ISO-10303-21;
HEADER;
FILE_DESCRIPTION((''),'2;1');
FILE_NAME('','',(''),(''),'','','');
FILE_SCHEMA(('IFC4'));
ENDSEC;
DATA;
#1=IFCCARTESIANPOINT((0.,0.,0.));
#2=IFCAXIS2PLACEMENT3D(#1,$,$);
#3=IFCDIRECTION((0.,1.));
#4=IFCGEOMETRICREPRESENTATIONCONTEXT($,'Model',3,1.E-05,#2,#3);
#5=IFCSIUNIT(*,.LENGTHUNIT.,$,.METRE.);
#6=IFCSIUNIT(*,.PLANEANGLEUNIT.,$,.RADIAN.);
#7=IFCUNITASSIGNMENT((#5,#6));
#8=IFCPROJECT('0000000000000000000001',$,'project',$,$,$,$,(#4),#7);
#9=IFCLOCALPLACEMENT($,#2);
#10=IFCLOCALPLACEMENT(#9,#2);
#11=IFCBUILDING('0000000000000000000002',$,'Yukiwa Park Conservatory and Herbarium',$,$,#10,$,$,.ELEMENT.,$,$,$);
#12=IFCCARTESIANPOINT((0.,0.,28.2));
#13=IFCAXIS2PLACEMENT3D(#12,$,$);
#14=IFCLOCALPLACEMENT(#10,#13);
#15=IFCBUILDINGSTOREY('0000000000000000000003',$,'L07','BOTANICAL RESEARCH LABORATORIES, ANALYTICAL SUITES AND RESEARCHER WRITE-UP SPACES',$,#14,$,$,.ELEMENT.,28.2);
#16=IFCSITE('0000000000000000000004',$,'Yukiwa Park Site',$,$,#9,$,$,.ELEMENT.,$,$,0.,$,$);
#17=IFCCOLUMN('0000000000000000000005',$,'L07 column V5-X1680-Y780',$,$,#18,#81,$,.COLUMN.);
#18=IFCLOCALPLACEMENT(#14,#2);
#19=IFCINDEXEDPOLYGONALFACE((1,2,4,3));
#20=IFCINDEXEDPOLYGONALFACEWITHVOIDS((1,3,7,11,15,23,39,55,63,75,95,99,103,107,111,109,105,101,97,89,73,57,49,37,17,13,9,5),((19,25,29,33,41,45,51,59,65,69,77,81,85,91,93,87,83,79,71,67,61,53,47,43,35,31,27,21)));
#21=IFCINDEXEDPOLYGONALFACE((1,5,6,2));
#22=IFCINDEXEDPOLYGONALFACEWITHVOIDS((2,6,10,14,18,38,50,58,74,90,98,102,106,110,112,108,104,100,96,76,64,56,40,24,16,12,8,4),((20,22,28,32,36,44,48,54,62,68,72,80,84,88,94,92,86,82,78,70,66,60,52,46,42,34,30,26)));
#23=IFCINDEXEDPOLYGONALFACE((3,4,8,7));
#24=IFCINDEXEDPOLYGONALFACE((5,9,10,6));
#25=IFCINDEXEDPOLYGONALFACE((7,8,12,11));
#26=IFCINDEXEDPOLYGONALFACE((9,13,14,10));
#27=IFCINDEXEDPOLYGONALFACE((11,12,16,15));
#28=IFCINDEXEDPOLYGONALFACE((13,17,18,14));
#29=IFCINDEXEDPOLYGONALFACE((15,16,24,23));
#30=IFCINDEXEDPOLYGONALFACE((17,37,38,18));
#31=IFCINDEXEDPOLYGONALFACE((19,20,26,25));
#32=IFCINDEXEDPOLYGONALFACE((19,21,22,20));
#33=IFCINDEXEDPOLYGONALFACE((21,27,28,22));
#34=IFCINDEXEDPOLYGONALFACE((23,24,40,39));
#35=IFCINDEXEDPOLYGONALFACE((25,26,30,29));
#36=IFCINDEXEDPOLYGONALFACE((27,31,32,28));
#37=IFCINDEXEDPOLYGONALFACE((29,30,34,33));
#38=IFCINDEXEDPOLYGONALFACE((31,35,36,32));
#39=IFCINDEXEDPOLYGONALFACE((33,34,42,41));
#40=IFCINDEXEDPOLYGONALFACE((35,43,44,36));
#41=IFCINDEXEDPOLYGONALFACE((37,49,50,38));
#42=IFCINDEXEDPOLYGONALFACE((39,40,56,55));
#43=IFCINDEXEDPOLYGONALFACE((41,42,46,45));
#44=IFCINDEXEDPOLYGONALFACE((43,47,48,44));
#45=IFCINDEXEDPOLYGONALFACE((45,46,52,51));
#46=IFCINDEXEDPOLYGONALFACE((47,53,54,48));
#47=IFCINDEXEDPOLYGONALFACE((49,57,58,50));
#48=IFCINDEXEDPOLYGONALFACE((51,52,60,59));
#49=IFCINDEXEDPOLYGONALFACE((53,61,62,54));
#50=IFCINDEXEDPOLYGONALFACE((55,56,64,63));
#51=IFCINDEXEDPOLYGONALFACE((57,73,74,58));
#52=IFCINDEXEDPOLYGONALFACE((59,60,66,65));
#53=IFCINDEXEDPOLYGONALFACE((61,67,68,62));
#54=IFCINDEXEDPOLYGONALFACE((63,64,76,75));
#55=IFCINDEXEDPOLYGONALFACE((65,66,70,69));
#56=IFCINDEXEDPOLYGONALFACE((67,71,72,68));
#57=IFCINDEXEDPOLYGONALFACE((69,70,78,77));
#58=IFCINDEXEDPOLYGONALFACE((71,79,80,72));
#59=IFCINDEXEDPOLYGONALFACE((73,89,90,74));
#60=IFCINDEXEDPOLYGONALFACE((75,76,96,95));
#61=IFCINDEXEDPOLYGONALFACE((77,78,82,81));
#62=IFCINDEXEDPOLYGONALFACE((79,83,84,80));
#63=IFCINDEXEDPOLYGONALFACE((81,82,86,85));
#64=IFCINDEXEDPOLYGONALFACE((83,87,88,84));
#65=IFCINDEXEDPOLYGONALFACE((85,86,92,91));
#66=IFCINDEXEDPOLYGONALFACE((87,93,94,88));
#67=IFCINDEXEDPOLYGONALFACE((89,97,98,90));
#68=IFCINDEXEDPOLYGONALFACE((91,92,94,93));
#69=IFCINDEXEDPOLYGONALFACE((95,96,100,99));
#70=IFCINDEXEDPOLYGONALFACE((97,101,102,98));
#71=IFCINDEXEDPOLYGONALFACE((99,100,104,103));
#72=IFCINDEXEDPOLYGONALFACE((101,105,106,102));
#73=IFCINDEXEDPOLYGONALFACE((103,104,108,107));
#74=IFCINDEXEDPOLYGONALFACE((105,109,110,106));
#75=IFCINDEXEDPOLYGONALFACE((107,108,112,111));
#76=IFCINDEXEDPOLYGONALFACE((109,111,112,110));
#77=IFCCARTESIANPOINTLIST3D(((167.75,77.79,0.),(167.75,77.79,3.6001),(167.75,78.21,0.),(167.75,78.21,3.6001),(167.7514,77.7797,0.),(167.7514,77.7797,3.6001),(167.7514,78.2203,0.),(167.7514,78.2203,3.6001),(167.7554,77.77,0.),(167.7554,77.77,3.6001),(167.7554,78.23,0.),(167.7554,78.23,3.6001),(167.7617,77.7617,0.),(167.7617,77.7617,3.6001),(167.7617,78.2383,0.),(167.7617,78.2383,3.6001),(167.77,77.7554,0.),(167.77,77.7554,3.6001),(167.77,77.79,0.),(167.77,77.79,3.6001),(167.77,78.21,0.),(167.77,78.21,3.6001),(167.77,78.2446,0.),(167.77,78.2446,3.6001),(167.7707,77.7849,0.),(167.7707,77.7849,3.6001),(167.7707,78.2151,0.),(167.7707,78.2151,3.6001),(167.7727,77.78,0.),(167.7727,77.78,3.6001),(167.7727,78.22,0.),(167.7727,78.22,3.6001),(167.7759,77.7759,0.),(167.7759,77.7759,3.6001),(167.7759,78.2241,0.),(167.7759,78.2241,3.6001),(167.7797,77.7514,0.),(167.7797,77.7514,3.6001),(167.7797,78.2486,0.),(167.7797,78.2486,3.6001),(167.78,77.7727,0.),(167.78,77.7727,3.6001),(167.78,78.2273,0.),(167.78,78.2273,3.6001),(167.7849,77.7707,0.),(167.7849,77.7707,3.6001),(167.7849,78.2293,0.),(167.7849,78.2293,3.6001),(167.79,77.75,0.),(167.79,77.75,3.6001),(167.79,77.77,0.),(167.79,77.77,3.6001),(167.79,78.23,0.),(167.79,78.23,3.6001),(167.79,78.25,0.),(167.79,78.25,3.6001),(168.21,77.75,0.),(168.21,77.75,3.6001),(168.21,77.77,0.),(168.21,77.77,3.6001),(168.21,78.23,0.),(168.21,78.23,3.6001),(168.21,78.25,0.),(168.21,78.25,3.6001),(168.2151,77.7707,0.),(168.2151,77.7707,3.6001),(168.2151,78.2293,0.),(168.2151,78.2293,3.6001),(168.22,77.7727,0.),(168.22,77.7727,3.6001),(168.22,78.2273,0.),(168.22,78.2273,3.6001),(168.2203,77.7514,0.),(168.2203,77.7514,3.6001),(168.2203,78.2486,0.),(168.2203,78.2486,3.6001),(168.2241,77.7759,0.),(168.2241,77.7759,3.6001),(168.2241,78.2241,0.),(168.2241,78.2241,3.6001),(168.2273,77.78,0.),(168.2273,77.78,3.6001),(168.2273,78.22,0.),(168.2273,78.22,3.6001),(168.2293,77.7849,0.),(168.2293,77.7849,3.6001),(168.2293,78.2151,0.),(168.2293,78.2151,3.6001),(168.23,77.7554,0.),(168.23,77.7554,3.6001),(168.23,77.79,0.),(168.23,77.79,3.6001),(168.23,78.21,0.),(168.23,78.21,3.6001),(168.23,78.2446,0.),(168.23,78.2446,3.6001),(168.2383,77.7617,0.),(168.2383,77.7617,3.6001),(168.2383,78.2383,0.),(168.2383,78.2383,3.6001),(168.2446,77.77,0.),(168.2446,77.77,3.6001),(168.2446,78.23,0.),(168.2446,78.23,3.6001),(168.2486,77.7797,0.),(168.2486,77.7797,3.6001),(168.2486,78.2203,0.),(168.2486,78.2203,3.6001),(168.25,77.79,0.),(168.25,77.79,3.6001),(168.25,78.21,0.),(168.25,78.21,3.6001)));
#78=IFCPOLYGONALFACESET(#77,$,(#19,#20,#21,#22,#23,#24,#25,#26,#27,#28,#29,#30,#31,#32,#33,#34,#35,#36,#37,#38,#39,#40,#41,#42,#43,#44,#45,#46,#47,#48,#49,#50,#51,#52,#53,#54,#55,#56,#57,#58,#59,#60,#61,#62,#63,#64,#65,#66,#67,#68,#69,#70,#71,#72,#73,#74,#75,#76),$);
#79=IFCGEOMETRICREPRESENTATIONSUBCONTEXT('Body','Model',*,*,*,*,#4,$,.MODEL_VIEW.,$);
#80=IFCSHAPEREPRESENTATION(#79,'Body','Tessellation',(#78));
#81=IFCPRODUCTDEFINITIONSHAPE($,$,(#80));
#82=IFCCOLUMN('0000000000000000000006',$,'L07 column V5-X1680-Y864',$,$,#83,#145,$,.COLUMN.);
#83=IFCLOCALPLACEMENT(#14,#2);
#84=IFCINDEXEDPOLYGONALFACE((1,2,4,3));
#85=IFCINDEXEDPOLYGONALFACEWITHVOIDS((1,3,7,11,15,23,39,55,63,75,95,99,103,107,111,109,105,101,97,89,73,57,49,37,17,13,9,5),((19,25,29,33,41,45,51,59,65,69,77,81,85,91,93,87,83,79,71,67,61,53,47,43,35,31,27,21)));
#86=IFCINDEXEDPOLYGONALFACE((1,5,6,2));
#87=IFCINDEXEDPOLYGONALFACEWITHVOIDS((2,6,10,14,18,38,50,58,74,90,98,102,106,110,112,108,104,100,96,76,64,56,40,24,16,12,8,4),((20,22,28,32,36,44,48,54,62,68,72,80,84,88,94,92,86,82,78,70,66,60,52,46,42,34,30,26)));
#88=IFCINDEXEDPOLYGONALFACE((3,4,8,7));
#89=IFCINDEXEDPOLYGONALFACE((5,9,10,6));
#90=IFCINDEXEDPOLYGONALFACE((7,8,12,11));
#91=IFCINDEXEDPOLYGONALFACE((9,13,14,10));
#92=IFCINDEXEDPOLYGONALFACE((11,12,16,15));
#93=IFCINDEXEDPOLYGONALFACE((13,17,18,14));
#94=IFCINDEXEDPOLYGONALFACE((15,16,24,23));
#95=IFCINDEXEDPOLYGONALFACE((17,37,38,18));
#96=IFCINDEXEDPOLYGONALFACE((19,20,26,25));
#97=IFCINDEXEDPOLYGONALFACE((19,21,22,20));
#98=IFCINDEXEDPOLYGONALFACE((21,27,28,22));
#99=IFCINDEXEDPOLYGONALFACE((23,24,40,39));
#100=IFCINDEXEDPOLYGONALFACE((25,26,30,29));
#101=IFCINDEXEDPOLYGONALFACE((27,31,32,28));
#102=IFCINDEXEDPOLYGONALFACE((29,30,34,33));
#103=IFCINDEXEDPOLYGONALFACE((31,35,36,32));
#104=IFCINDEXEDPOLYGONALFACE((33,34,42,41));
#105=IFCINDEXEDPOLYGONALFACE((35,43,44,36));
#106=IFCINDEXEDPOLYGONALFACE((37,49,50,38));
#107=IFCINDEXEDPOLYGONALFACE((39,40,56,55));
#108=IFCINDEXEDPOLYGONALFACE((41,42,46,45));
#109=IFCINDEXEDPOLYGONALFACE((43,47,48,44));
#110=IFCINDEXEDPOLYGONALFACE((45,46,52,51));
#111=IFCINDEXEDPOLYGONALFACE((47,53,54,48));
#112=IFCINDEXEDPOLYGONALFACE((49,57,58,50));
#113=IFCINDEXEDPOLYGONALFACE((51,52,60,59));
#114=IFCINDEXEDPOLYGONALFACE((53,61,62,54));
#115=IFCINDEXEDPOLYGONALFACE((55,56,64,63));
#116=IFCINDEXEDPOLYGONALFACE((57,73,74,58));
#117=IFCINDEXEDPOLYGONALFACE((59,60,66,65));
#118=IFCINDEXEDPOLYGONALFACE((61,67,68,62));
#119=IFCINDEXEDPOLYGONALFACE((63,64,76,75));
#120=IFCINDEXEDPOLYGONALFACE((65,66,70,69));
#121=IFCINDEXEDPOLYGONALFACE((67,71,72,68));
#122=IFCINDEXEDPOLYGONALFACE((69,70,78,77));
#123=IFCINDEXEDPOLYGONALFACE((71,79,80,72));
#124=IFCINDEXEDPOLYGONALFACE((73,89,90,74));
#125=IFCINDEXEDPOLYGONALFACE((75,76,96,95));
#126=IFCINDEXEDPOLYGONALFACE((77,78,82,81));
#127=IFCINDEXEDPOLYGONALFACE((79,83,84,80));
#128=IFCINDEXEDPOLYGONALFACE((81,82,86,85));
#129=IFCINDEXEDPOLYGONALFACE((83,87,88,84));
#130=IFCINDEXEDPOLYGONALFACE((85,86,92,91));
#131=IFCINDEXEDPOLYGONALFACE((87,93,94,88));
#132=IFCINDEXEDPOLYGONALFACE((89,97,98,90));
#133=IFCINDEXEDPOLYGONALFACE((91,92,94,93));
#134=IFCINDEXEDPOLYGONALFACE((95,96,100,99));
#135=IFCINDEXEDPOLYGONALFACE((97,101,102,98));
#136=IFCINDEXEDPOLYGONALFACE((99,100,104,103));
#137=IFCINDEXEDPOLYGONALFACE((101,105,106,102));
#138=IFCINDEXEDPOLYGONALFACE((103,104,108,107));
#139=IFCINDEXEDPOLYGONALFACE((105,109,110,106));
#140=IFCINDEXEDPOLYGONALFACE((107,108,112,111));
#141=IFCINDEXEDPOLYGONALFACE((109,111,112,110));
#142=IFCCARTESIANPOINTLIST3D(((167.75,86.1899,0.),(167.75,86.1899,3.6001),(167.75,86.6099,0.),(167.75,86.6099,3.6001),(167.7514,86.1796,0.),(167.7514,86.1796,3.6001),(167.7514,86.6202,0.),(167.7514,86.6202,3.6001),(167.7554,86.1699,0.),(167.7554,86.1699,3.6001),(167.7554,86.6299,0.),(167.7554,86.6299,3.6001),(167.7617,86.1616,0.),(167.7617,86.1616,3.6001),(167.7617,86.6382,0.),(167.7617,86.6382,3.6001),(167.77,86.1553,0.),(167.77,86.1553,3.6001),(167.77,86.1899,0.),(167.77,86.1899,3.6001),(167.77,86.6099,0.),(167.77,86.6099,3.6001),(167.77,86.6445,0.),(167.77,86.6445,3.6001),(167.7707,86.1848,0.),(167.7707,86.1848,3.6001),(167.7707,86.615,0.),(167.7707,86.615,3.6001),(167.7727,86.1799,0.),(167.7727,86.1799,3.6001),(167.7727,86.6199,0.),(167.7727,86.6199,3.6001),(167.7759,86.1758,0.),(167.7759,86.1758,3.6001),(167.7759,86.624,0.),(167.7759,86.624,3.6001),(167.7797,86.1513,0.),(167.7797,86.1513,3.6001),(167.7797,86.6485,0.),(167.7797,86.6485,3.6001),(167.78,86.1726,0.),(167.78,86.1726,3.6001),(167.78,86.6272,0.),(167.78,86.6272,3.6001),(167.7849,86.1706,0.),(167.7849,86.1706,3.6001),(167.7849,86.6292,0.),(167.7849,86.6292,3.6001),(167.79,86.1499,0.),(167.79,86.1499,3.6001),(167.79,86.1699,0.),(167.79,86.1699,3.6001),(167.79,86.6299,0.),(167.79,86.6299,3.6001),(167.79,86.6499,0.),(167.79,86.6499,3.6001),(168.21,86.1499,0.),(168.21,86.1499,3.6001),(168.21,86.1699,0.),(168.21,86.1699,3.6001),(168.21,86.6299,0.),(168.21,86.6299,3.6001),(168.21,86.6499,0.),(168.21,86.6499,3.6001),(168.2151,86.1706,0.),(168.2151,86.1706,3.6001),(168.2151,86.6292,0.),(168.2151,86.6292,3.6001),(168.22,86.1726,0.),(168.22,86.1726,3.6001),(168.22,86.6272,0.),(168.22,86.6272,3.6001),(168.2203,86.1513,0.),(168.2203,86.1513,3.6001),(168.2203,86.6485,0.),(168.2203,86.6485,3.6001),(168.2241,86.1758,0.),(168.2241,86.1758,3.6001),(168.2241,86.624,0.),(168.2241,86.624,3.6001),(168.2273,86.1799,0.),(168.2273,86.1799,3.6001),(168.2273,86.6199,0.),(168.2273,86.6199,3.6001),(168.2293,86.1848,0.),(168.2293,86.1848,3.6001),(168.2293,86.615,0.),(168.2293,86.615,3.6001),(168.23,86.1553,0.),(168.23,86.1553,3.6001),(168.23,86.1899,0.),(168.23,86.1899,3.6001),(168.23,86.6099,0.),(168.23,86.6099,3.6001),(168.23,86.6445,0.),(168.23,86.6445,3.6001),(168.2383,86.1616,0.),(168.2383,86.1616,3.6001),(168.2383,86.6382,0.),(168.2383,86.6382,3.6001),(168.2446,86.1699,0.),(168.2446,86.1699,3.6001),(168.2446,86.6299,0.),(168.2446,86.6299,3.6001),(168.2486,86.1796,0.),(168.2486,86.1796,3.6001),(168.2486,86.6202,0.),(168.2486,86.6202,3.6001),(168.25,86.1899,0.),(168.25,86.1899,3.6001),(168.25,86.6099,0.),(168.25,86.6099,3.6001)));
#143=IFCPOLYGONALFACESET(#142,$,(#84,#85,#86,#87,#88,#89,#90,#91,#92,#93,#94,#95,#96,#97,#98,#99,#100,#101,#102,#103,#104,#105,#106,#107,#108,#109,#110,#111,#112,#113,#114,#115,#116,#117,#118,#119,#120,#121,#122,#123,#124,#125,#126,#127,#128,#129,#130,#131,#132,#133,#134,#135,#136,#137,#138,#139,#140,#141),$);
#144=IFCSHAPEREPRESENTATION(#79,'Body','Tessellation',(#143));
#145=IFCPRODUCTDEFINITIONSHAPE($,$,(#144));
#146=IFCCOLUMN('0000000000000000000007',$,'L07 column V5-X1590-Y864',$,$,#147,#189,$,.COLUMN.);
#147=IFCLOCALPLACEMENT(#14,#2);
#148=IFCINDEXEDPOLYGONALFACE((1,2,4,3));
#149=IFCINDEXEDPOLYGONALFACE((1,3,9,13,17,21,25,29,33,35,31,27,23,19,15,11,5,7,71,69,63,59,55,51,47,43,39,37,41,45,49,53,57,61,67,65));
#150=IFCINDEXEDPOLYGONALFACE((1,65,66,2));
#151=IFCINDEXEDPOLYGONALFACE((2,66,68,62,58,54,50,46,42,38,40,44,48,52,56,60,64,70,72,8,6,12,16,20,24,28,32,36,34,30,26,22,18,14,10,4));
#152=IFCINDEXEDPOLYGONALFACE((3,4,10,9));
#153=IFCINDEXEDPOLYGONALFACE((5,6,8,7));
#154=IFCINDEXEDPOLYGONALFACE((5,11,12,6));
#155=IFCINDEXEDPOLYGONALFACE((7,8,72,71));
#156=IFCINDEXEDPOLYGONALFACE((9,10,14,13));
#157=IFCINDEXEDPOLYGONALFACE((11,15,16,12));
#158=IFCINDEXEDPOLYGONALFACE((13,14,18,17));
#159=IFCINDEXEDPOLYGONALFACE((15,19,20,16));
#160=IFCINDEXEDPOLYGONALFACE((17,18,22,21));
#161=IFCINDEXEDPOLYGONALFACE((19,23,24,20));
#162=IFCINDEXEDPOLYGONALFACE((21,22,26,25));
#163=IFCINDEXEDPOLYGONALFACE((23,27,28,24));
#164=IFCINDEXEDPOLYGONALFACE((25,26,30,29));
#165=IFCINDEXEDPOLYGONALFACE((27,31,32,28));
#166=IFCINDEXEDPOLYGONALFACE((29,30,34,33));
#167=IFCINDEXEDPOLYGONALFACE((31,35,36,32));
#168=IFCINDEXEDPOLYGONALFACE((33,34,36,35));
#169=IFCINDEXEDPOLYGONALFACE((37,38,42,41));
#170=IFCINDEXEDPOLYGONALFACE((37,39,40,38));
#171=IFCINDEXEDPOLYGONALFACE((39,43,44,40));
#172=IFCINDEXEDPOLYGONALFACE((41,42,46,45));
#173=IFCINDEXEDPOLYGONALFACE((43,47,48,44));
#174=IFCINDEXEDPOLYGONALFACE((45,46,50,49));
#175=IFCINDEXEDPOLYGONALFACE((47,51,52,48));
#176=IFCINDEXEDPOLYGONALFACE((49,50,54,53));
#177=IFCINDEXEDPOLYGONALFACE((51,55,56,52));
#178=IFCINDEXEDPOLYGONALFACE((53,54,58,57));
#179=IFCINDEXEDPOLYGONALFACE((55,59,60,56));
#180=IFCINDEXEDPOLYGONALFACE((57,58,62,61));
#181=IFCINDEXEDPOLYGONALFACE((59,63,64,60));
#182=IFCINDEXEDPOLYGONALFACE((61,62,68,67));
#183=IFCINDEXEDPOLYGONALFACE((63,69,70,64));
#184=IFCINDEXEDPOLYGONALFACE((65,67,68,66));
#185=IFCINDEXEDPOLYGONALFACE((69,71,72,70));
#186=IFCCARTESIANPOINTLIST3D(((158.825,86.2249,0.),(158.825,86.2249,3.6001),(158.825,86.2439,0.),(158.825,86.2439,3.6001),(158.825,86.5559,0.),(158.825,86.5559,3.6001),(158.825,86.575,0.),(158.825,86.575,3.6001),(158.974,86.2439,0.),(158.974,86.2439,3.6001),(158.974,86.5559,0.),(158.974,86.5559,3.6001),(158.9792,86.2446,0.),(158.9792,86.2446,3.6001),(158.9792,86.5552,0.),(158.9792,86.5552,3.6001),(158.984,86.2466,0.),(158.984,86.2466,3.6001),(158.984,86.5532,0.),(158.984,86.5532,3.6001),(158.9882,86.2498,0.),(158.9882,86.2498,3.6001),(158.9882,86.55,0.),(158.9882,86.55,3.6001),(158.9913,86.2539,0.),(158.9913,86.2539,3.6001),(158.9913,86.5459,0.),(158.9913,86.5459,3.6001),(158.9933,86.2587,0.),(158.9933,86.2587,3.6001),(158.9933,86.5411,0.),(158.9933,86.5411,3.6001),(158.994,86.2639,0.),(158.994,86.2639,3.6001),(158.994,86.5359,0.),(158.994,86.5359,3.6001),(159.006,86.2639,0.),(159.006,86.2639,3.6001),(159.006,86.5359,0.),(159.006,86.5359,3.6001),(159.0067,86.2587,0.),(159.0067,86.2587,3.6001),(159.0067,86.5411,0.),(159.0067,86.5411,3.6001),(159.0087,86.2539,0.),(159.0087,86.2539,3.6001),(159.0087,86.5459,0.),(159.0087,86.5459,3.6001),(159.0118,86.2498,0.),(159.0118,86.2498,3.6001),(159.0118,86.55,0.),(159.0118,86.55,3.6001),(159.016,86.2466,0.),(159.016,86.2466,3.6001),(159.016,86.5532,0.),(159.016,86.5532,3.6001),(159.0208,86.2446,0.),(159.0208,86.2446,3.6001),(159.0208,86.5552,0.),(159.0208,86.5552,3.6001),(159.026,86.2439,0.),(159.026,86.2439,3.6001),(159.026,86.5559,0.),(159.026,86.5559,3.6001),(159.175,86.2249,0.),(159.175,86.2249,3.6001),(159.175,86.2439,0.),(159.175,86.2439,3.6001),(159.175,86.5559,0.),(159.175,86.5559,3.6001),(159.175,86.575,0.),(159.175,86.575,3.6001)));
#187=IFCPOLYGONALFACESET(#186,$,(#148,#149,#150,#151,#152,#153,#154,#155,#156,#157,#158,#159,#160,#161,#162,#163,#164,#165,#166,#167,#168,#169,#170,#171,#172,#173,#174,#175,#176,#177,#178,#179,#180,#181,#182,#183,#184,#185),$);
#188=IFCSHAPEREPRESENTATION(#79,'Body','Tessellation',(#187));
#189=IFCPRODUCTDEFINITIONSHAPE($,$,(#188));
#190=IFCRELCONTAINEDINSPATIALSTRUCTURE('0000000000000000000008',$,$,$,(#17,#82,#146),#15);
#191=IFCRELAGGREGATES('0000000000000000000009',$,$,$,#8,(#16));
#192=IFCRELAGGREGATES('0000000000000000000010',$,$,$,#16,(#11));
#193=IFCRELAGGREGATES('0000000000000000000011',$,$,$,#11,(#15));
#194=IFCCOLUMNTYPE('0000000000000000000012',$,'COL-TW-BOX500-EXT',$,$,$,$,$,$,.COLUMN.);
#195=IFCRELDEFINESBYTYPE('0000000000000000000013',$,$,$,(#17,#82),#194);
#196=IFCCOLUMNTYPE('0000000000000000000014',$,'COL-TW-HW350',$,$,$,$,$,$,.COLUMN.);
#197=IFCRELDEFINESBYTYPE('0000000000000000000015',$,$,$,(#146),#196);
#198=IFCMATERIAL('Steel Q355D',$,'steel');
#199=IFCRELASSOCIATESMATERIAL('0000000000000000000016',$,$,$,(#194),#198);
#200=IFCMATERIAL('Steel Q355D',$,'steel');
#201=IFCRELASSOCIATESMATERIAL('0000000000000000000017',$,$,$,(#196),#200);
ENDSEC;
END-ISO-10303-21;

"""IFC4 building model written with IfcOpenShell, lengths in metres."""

from ifc_helpers import new_model, si_unit, direction, frame, origin, origin_2d, place, context, subcontext, project, spatial, hollow_rectangle, i_section, extrude, material, material_profile, profile_set, type_object, element, save


model = new_model("IFC4")

# Units and contexts
model_context = context("Model", 3, precision=1e-05, world=origin(), true_north=direction((0.0, 1.0)))
body_context = subcontext(model_context, "Body", "Model", "MODEL_VIEW")
ifc_project = project(units=[si_unit("LENGTHUNIT", "METRE"), si_unit("PLANEANGLEUNIT", "RADIAN")], contexts=[model_context])

# Site, building, storey
site_placement = place(None, origin())
site = spatial("IfcSite", under=ifc_project, at=site_placement, Name="Yukiwa Park Site", CompositionType="ELEMENT", RefElevation=0.0)
building_placement = place(site_placement, origin())
building = spatial("IfcBuilding", under=site, at=building_placement, Name="Yukiwa Park Conservatory and Herbarium", CompositionType="ELEMENT")
storey_placement = place(building_placement, frame((0.0, 0.0, 28.2)))
storey = spatial("IfcBuildingStorey", under=building, at=storey_placement, Name="L07", Description="BOTANICAL RESEARCH LABORATORIES, ANALYTICAL SUITES AND RESEARCHER WRITE-UP SPACES", CompositionType="ELEMENT", Elevation=28.2)

# Columns
ifc_material_1 = material(Name="Steel Q355D", Category="steel")
ifc_material_profile_1 = material_profile(ifc_material_1, hollow_rectangle(XDim=0.5, YDim=0.5, WallThickness=0.02, InnerFilletRadius=0.02, OuterFilletRadius=0.04, at=origin_2d()), Name="BOX 500x500x20")
ifc_profile_set_1 = profile_set([ifc_material_profile_1], Name="Steel Q355D")
column_type_1 = type_object("IfcColumnType", Name="COL-TW-BOX500-EXT", PredefinedType="COLUMN", material=ifc_profile_set_1)
for number, where, z_axis, x_axis, name in (
    (1, (168.0, 78.0, 0.0), (0.0, 0.0, 1.0), (1.0, 0.0, 0.0), "L07 column V5-X1680-Y780"),
    (2, (168.0, 86.3999, 0.0), (0.0, 0.0, 1.0), (1.0, 0.0, 0.0), "L07 column V5-X1680-Y864"),
):
    element("IfcColumn", number, at=place(storey_placement, frame(where, z_axis=z_axis, x_axis=x_axis)), inside=storey, type_object=column_type_1, Name=name, PredefinedType="COLUMN", context=body_context, shape_type="SweptSolid", body=[
        extrude(hollow_rectangle(XDim=0.5, YDim=0.5, WallThickness=0.02, InnerFilletRadius=0.02, OuterFilletRadius=0.04, at=origin_2d()), origin(), (0.0, 0.0, 1.0), 3.6001),
    ])
ifc_material_2 = material(Name="Steel Q355D", Category="steel")
ifc_material_profile_2 = material_profile(ifc_material_2, i_section(OverallWidth=0.3501, OverallDepth=0.3501, WebThickness=0.012, FlangeThickness=0.019, FilletRadius=0.02, at=origin_2d()), Name="HW 350x350x12x19")
ifc_profile_set_2 = profile_set([ifc_material_profile_2], Name="Steel Q355D")
column_type_2 = type_object("IfcColumnType", Name="COL-TW-HW350", PredefinedType="COLUMN", material=ifc_profile_set_2)
column_placement = place(storey_placement, frame((159.0, 86.3999, 0.0), z_axis=(0.0, 0.0, 1.0), x_axis=(1.0, 0.0, 0.0)))
element("IfcColumn", 3, at=column_placement, inside=storey, type_object=column_type_2, Name="L07 column V5-X1590-Y864", PredefinedType="COLUMN", context=body_context, shape_type="SweptSolid", body=[
    extrude(i_section(OverallWidth=0.3501, OverallDepth=0.3501, WebThickness=0.012, FlangeThickness=0.019, FilletRadius=0.02, at=origin_2d()), origin(), (0.0, 0.0, 1.0), 3.6001),
])

save(model, "model.ifc")
